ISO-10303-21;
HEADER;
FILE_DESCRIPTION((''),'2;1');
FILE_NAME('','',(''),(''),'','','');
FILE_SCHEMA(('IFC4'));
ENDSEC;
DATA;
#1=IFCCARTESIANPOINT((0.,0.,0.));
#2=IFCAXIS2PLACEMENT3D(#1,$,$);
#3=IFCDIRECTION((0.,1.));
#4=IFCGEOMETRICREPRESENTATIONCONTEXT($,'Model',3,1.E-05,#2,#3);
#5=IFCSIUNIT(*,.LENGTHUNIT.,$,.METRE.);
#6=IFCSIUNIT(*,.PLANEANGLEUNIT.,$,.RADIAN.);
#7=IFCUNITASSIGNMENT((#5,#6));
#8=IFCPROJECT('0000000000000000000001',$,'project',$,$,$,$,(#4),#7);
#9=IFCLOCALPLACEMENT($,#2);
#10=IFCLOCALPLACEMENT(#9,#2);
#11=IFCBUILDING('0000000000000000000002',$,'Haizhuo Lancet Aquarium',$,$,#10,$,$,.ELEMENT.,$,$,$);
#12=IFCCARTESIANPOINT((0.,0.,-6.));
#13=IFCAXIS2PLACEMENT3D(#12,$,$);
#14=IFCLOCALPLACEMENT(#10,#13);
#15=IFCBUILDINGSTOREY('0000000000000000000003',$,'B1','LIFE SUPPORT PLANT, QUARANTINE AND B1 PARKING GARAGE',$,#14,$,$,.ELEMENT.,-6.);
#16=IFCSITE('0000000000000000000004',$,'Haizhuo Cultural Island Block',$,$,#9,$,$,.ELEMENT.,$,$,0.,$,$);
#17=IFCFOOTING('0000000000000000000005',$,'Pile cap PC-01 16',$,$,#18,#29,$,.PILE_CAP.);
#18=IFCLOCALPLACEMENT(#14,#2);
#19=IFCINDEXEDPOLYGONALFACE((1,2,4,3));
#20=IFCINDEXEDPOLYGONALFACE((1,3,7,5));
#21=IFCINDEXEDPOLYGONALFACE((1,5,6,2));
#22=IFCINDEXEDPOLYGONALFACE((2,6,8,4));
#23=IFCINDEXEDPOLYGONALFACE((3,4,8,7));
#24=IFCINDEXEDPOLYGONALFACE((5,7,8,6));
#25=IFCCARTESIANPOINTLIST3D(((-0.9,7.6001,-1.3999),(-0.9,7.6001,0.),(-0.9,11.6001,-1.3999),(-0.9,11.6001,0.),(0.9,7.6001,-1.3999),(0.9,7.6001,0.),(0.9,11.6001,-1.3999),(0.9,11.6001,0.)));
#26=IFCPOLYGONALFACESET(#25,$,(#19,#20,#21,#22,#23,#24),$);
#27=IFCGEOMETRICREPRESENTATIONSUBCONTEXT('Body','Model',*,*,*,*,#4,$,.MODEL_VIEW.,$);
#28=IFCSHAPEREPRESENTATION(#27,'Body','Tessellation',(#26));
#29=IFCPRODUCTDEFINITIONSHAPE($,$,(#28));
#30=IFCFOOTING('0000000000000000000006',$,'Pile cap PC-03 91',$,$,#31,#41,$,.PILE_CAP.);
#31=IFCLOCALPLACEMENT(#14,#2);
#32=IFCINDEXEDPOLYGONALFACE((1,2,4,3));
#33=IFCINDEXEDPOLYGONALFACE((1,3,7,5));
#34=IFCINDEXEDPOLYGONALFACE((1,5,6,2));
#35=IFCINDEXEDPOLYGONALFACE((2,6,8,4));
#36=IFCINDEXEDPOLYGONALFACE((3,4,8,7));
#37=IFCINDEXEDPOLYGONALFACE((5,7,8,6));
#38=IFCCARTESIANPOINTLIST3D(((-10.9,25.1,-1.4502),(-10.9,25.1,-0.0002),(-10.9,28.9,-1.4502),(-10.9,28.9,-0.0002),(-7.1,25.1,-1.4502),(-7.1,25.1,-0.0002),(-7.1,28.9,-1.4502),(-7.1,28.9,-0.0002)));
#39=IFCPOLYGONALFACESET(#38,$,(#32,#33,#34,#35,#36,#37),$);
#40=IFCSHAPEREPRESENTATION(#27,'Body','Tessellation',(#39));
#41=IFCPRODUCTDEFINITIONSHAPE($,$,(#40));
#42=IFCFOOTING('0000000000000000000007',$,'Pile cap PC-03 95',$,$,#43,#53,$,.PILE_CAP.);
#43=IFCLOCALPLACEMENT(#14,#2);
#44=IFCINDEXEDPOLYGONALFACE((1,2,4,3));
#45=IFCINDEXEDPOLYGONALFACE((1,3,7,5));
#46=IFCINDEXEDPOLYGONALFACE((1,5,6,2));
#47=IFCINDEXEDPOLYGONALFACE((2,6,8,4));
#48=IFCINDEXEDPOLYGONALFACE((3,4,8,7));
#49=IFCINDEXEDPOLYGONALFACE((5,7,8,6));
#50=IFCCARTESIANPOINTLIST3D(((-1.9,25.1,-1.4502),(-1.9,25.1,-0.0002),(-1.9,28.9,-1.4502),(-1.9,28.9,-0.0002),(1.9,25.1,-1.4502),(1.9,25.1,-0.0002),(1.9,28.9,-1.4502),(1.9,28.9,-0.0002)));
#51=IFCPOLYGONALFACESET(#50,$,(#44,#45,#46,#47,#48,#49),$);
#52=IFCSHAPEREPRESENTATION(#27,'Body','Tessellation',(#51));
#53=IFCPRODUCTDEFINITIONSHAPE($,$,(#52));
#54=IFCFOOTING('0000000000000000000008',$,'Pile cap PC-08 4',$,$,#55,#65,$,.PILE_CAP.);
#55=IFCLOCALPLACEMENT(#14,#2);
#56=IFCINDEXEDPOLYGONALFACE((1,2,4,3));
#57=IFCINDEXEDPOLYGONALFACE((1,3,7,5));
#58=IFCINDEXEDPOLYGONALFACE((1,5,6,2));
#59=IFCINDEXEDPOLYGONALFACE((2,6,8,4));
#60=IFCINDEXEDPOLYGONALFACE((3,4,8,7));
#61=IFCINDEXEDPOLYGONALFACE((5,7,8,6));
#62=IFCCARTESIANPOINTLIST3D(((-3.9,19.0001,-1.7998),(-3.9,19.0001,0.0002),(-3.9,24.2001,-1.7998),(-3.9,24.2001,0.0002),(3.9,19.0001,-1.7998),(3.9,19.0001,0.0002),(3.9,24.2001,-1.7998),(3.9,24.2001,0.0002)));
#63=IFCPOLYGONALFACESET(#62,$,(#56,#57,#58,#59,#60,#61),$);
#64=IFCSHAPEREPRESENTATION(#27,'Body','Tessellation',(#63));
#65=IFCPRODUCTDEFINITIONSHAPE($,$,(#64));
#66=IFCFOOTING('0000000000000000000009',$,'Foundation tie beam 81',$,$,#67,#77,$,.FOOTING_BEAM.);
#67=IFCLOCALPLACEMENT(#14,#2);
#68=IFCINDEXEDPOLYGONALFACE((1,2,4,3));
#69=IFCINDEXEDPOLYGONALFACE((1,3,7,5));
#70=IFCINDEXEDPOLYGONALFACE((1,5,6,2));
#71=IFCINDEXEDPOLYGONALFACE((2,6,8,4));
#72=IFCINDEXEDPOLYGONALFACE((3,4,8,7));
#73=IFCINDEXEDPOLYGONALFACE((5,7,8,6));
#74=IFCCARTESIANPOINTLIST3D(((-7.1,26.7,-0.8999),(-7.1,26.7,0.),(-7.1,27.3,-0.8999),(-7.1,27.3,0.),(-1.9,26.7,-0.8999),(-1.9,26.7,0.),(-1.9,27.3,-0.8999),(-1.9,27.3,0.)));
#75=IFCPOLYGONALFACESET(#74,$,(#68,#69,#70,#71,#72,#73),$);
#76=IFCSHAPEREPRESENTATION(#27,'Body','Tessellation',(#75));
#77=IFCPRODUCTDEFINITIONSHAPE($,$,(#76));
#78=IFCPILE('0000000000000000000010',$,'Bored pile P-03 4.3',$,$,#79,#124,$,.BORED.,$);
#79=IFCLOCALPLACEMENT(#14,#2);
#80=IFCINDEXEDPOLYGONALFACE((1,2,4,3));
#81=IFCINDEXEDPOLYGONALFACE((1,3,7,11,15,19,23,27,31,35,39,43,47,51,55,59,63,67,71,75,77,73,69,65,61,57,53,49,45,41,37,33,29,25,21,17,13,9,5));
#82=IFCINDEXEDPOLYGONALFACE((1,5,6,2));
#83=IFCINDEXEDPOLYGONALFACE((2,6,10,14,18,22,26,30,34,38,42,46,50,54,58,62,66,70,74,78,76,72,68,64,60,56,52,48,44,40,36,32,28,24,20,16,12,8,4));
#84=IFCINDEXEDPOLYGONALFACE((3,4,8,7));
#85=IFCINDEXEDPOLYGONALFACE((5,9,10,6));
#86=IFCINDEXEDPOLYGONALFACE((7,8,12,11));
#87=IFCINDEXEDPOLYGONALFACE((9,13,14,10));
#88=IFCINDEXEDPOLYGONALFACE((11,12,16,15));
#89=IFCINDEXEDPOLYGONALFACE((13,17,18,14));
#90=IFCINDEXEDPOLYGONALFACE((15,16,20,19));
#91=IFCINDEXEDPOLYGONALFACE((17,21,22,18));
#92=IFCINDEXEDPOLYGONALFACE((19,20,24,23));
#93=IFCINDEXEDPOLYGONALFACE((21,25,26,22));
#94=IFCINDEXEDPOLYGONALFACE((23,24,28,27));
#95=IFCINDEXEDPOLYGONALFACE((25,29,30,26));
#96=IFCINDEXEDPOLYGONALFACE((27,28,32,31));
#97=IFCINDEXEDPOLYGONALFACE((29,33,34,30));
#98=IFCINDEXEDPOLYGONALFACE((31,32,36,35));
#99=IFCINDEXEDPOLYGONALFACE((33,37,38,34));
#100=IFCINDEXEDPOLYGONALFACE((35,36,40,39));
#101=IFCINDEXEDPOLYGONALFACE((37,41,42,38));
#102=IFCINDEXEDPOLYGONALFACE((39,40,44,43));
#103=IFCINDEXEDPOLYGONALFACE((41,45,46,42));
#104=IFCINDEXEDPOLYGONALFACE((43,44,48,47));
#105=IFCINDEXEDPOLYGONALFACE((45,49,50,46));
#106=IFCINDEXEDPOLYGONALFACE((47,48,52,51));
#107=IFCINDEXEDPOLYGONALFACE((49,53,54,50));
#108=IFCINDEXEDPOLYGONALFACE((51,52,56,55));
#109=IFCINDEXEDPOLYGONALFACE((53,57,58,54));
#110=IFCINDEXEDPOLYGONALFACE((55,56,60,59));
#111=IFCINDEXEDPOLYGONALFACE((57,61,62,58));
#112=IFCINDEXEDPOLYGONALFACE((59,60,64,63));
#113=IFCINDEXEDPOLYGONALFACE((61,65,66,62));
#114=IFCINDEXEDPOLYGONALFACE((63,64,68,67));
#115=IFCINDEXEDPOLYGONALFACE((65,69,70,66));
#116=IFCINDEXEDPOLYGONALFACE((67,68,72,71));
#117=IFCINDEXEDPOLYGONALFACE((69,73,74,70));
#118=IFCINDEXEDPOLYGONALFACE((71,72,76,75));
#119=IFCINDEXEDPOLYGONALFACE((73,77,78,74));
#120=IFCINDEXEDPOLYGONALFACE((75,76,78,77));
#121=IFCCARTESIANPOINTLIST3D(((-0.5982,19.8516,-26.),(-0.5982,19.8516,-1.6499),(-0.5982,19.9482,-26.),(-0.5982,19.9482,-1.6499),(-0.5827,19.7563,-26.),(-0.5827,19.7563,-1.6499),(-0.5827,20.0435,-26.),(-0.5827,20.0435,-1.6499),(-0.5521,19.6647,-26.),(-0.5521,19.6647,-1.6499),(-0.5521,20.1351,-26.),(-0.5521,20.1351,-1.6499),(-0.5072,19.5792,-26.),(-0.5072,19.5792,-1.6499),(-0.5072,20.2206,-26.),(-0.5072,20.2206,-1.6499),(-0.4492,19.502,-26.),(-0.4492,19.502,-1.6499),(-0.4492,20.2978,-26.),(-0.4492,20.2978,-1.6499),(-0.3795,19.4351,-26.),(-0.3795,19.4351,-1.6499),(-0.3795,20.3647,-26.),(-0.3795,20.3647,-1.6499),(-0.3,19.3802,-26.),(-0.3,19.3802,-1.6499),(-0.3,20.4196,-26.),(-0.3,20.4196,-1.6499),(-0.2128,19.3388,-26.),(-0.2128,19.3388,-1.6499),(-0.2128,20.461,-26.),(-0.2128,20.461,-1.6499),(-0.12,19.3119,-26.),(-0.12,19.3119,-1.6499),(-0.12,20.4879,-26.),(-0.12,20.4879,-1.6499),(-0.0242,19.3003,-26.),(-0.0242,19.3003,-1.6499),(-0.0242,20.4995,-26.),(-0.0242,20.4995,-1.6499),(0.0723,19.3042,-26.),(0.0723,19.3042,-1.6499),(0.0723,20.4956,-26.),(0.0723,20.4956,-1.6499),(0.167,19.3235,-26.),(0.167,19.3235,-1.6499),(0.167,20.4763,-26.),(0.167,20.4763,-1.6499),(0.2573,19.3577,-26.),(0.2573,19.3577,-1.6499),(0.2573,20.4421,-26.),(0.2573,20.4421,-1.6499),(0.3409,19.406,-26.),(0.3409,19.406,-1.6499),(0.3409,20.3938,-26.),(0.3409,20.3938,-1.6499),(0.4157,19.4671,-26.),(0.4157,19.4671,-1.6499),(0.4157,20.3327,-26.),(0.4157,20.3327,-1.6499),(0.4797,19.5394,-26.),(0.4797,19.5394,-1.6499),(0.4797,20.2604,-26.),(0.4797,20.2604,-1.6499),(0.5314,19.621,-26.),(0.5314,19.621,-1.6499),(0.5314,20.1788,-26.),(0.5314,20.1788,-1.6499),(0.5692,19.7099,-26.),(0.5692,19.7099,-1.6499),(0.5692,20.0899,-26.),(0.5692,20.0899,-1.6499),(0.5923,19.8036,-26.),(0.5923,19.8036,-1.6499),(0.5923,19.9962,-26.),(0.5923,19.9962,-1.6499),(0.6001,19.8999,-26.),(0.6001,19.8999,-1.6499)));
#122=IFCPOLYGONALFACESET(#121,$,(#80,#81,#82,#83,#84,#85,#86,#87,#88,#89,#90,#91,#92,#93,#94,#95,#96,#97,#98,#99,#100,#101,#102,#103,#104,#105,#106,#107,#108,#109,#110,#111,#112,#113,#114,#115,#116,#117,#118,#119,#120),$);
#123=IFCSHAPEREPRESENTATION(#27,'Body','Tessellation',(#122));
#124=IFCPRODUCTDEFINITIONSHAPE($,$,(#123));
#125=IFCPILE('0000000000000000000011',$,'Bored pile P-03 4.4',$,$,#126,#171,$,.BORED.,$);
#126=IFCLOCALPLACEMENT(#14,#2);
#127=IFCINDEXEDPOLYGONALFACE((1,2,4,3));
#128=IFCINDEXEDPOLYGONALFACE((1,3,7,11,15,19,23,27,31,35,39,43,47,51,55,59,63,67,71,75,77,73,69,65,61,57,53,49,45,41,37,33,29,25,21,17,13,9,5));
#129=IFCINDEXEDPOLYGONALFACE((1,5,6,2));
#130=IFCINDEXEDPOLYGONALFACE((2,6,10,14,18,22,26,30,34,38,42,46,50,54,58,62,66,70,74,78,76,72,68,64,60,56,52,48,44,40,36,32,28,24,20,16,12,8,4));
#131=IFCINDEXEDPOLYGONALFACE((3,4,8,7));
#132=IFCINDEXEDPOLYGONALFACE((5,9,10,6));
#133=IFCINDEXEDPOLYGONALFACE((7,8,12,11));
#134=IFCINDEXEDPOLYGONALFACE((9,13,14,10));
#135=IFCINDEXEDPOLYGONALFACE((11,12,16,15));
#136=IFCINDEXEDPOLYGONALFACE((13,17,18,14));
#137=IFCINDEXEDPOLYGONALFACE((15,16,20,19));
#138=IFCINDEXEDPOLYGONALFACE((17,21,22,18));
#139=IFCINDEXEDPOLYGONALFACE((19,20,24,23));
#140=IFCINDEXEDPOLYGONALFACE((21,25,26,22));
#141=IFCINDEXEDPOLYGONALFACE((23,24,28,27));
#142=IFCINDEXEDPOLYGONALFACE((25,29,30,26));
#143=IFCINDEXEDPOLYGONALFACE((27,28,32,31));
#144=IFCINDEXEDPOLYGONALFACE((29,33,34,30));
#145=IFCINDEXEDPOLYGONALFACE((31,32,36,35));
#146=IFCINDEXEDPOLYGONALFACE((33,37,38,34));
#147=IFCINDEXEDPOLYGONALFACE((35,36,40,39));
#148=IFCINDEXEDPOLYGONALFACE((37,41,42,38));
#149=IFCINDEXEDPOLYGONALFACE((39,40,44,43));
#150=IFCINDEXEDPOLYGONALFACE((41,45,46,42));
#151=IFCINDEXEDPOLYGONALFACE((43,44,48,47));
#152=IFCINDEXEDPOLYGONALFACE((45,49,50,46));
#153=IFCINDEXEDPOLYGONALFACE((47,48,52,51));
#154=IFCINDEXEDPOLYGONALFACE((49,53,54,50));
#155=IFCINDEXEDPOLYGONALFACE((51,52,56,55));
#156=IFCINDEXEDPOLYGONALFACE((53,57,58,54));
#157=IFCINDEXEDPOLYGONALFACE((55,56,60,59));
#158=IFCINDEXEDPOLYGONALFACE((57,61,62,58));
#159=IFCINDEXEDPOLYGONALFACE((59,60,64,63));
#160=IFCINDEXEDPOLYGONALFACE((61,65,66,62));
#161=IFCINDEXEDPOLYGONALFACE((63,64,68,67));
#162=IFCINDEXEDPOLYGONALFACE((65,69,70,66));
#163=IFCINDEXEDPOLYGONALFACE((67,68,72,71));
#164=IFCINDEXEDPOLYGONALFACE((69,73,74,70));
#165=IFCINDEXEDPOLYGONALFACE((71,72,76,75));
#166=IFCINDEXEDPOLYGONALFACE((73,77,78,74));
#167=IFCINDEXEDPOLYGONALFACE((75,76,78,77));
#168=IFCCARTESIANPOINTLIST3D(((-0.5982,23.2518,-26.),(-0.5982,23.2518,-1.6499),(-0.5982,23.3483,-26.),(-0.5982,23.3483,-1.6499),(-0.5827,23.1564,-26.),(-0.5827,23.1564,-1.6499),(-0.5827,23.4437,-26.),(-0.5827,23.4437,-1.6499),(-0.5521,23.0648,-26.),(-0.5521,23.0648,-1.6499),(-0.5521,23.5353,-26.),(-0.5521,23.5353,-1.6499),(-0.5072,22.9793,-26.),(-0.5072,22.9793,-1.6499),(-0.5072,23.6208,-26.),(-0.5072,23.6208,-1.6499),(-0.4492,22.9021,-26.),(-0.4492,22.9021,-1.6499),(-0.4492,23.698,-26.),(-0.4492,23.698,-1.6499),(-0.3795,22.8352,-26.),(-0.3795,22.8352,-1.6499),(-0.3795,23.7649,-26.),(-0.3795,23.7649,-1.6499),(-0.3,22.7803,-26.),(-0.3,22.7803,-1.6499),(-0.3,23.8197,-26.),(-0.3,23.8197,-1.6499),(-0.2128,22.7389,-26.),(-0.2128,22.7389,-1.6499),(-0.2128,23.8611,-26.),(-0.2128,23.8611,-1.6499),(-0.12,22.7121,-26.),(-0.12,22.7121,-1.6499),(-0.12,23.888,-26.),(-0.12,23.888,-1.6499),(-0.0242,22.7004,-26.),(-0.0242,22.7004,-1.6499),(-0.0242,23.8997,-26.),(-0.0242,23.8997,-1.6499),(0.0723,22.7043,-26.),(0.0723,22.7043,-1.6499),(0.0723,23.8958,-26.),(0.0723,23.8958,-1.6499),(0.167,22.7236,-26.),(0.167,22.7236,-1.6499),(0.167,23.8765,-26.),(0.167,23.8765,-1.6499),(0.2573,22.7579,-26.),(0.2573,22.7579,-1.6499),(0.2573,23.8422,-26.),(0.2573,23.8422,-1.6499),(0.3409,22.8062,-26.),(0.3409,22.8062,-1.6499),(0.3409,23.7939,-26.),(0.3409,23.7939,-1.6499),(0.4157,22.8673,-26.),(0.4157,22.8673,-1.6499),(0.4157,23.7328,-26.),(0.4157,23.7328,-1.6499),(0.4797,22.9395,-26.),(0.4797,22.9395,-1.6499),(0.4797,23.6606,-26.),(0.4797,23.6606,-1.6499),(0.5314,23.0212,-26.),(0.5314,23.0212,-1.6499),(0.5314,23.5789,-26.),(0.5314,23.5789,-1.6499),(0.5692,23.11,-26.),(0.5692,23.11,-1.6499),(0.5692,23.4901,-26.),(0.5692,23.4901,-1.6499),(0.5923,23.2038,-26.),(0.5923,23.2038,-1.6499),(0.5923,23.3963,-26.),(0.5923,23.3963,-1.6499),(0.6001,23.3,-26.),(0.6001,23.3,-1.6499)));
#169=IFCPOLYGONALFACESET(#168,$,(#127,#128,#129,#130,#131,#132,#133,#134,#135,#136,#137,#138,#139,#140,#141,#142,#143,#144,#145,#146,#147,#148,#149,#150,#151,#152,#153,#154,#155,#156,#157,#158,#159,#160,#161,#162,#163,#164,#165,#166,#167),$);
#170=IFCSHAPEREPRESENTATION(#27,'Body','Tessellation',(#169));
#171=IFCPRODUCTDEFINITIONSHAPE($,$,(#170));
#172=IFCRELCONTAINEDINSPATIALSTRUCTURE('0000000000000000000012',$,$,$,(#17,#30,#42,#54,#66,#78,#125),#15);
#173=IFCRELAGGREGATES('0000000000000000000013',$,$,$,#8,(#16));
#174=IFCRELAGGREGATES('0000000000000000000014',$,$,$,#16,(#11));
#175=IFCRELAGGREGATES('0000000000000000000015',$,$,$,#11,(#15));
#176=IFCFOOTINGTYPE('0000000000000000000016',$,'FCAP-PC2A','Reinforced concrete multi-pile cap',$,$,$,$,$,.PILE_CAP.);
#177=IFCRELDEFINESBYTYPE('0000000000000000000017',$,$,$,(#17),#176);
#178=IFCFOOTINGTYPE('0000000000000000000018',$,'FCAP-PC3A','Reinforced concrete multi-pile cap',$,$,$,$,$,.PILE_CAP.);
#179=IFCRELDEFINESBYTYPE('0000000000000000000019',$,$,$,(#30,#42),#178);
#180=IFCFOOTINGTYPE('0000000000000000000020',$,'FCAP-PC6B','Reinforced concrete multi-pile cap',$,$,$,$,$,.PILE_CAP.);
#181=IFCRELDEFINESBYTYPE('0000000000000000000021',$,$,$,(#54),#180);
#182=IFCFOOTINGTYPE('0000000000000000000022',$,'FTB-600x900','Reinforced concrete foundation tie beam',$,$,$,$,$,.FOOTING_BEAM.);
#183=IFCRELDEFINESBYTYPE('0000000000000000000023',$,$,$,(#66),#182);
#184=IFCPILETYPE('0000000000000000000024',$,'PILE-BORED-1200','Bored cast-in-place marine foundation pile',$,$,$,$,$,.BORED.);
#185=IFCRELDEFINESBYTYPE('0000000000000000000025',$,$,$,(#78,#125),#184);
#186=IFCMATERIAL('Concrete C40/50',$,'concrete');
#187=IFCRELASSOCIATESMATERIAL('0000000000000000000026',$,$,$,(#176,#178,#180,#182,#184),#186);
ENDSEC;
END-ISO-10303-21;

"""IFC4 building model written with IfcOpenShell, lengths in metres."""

from ifc_helpers import new_model, si_unit, direction, frame, origin, origin_2d, place, context, subcontext, project, spatial, rectangle, circle, extrude, material, material_profile, profile_set, type_object, element, save


model = new_model("IFC4")

# Units and contexts
model_context = context("Model", 3, precision=1e-05, world=origin(), true_north=direction((0.0, 1.0)))
body_context = subcontext(model_context, "Body", "Model", "MODEL_VIEW")
ifc_project = project(units=[si_unit("LENGTHUNIT", "METRE"), si_unit("PLANEANGLEUNIT", "RADIAN")], contexts=[model_context])

# Site, building, storey
site_placement = place(None, origin())
site = spatial("IfcSite", under=ifc_project, at=site_placement, Name="Haizhuo Cultural Island Block", CompositionType="ELEMENT", RefElevation=0.0)
building_placement = place(site_placement, origin())
building = spatial("IfcBuilding", under=site, at=building_placement, Name="Haizhuo Lancet Aquarium", CompositionType="ELEMENT")
storey_placement = place(building_placement, frame((0.0, 0.0, -6.0)))
storey = spatial("IfcBuildingStorey", under=building, at=storey_placement, Name="B1", Description="LIFE SUPPORT PLANT, QUARANTINE AND B1 PARKING GARAGE", CompositionType="ELEMENT", Elevation=-6.0)

# Footings
ifc_material_1 = material(Name="Concrete C40/50", Category="concrete")
footing_type_1 = type_object("IfcFootingType", Name="FCAP-PC2A", Description="Reinforced concrete multi-pile cap", PredefinedType="PILE_CAP", material=ifc_material_1)
footing_1_placement = place(storey_placement, frame((0.0, 9.6001, -1.3999), z_axis=(0.0, 0.0, 1.0), x_axis=(1.0, 0.0, 0.0)))
element("IfcFooting", 1, at=footing_1_placement, inside=storey, type_object=footing_type_1, Name="Pile cap PC-01 16", PredefinedType="PILE_CAP", context=body_context, shape_type="SweptSolid", body=[
    extrude(rectangle(XDim=1.8, YDim=4.0, at=origin_2d()), origin(), (0.0, 0.0, 1.0), 1.3999),
])
footing_type_2 = type_object("IfcFootingType", Name="FCAP-PC3A", Description="Reinforced concrete multi-pile cap", PredefinedType="PILE_CAP", material=ifc_material_1)
for number, where, z_axis, x_axis, name in (
    (2, (-9.0, 27.0, -1.4502), (0.0, 0.0, 1.0), (1.0, 0.0, 0.0), "Pile cap PC-03 91"),
    (3, (0.0, 27.0, -1.4502), (0.0, 0.0, 1.0), (1.0, 0.0, 0.0), "Pile cap PC-03 95"),
):
    element("IfcFooting", number, at=place(storey_placement, frame(where, z_axis=z_axis, x_axis=x_axis)), inside=storey, type_object=footing_type_2, Name=name, PredefinedType="PILE_CAP", context=body_context, shape_type="SweptSolid", body=[
        extrude(rectangle(XDim=3.8, YDim=3.8, at=origin_2d()), origin(), (0.0, 0.0, 1.0), 1.45),
    ])
footing_type_3 = type_object("IfcFootingType", Name="FCAP-PC6B", Description="Reinforced concrete multi-pile cap", PredefinedType="PILE_CAP", material=ifc_material_1)
footing_2_placement = place(storey_placement, frame((0.0, 21.6001, -1.7998), z_axis=(0.0, 0.0, 1.0), x_axis=(0.0, 1.0, 0.0)))
element("IfcFooting", 4, at=footing_2_placement, inside=storey, type_object=footing_type_3, Name="Pile cap PC-08 4", PredefinedType="PILE_CAP", context=body_context, shape_type="SweptSolid", body=[
    extrude(rectangle(XDim=5.2, YDim=7.8, at=origin_2d()), origin(), (0.0, 0.0, 1.0), 1.8),
])
footing_type_4 = type_object("IfcFootingType", Name="FTB-600x900", Description="Reinforced concrete foundation tie beam", PredefinedType="FOOTING_BEAM", material=ifc_material_1)
footing_3_placement = place(storey_placement, frame((-4.5, 27.0, -0.8999), z_axis=(0.0, 0.0, 1.0), x_axis=(1.0, 0.0, 0.0)))
element("IfcFooting", 5, at=footing_3_placement, inside=storey, type_object=footing_type_4, Name="Foundation tie beam 81", PredefinedType="FOOTING_BEAM", context=body_context, shape_type="SweptSolid", body=[
    extrude(rectangle(XDim=5.2, YDim=0.6001, at=origin_2d()), origin(), (0.0, 0.0, 1.0), 0.8999),
])

# Piles
ifc_material_profile_1 = material_profile(ifc_material_1, circle(Radius=0.6001, at=origin_2d()), Name="PILE-1200")
ifc_profile_set_1 = profile_set([ifc_material_profile_1], Name="Concrete C40/50")
pile_type_1 = type_object("IfcPileType", Name="PILE-BORED-1200", Description="Bored cast-in-place marine foundation pile", PredefinedType="BORED", material=ifc_profile_set_1)
for number, where, z_axis, x_axis, name in (
    (6, (0.0, 19.8999, -1.6499), (0.0, 0.0, -1.0), (1.0, 0.0, 0.0), "Bored pile P-03 4.3"),
    (7, (0.0, 23.3, -1.6499), (0.0, 0.0, -1.0), (1.0, 0.0, 0.0), "Bored pile P-03 4.4"),
):
    element("IfcPile", number, at=place(storey_placement, frame(where, z_axis=z_axis, x_axis=x_axis)), inside=storey, type_object=pile_type_1, Name=name, PredefinedType="BORED", context=body_context, shape_type="SweptSolid", body=[
        extrude(circle(Radius=0.6001, at=origin_2d()), origin(), (0.0, 0.0, 1.0), 24.3501),
    ])

save(model, "model.ifc")
